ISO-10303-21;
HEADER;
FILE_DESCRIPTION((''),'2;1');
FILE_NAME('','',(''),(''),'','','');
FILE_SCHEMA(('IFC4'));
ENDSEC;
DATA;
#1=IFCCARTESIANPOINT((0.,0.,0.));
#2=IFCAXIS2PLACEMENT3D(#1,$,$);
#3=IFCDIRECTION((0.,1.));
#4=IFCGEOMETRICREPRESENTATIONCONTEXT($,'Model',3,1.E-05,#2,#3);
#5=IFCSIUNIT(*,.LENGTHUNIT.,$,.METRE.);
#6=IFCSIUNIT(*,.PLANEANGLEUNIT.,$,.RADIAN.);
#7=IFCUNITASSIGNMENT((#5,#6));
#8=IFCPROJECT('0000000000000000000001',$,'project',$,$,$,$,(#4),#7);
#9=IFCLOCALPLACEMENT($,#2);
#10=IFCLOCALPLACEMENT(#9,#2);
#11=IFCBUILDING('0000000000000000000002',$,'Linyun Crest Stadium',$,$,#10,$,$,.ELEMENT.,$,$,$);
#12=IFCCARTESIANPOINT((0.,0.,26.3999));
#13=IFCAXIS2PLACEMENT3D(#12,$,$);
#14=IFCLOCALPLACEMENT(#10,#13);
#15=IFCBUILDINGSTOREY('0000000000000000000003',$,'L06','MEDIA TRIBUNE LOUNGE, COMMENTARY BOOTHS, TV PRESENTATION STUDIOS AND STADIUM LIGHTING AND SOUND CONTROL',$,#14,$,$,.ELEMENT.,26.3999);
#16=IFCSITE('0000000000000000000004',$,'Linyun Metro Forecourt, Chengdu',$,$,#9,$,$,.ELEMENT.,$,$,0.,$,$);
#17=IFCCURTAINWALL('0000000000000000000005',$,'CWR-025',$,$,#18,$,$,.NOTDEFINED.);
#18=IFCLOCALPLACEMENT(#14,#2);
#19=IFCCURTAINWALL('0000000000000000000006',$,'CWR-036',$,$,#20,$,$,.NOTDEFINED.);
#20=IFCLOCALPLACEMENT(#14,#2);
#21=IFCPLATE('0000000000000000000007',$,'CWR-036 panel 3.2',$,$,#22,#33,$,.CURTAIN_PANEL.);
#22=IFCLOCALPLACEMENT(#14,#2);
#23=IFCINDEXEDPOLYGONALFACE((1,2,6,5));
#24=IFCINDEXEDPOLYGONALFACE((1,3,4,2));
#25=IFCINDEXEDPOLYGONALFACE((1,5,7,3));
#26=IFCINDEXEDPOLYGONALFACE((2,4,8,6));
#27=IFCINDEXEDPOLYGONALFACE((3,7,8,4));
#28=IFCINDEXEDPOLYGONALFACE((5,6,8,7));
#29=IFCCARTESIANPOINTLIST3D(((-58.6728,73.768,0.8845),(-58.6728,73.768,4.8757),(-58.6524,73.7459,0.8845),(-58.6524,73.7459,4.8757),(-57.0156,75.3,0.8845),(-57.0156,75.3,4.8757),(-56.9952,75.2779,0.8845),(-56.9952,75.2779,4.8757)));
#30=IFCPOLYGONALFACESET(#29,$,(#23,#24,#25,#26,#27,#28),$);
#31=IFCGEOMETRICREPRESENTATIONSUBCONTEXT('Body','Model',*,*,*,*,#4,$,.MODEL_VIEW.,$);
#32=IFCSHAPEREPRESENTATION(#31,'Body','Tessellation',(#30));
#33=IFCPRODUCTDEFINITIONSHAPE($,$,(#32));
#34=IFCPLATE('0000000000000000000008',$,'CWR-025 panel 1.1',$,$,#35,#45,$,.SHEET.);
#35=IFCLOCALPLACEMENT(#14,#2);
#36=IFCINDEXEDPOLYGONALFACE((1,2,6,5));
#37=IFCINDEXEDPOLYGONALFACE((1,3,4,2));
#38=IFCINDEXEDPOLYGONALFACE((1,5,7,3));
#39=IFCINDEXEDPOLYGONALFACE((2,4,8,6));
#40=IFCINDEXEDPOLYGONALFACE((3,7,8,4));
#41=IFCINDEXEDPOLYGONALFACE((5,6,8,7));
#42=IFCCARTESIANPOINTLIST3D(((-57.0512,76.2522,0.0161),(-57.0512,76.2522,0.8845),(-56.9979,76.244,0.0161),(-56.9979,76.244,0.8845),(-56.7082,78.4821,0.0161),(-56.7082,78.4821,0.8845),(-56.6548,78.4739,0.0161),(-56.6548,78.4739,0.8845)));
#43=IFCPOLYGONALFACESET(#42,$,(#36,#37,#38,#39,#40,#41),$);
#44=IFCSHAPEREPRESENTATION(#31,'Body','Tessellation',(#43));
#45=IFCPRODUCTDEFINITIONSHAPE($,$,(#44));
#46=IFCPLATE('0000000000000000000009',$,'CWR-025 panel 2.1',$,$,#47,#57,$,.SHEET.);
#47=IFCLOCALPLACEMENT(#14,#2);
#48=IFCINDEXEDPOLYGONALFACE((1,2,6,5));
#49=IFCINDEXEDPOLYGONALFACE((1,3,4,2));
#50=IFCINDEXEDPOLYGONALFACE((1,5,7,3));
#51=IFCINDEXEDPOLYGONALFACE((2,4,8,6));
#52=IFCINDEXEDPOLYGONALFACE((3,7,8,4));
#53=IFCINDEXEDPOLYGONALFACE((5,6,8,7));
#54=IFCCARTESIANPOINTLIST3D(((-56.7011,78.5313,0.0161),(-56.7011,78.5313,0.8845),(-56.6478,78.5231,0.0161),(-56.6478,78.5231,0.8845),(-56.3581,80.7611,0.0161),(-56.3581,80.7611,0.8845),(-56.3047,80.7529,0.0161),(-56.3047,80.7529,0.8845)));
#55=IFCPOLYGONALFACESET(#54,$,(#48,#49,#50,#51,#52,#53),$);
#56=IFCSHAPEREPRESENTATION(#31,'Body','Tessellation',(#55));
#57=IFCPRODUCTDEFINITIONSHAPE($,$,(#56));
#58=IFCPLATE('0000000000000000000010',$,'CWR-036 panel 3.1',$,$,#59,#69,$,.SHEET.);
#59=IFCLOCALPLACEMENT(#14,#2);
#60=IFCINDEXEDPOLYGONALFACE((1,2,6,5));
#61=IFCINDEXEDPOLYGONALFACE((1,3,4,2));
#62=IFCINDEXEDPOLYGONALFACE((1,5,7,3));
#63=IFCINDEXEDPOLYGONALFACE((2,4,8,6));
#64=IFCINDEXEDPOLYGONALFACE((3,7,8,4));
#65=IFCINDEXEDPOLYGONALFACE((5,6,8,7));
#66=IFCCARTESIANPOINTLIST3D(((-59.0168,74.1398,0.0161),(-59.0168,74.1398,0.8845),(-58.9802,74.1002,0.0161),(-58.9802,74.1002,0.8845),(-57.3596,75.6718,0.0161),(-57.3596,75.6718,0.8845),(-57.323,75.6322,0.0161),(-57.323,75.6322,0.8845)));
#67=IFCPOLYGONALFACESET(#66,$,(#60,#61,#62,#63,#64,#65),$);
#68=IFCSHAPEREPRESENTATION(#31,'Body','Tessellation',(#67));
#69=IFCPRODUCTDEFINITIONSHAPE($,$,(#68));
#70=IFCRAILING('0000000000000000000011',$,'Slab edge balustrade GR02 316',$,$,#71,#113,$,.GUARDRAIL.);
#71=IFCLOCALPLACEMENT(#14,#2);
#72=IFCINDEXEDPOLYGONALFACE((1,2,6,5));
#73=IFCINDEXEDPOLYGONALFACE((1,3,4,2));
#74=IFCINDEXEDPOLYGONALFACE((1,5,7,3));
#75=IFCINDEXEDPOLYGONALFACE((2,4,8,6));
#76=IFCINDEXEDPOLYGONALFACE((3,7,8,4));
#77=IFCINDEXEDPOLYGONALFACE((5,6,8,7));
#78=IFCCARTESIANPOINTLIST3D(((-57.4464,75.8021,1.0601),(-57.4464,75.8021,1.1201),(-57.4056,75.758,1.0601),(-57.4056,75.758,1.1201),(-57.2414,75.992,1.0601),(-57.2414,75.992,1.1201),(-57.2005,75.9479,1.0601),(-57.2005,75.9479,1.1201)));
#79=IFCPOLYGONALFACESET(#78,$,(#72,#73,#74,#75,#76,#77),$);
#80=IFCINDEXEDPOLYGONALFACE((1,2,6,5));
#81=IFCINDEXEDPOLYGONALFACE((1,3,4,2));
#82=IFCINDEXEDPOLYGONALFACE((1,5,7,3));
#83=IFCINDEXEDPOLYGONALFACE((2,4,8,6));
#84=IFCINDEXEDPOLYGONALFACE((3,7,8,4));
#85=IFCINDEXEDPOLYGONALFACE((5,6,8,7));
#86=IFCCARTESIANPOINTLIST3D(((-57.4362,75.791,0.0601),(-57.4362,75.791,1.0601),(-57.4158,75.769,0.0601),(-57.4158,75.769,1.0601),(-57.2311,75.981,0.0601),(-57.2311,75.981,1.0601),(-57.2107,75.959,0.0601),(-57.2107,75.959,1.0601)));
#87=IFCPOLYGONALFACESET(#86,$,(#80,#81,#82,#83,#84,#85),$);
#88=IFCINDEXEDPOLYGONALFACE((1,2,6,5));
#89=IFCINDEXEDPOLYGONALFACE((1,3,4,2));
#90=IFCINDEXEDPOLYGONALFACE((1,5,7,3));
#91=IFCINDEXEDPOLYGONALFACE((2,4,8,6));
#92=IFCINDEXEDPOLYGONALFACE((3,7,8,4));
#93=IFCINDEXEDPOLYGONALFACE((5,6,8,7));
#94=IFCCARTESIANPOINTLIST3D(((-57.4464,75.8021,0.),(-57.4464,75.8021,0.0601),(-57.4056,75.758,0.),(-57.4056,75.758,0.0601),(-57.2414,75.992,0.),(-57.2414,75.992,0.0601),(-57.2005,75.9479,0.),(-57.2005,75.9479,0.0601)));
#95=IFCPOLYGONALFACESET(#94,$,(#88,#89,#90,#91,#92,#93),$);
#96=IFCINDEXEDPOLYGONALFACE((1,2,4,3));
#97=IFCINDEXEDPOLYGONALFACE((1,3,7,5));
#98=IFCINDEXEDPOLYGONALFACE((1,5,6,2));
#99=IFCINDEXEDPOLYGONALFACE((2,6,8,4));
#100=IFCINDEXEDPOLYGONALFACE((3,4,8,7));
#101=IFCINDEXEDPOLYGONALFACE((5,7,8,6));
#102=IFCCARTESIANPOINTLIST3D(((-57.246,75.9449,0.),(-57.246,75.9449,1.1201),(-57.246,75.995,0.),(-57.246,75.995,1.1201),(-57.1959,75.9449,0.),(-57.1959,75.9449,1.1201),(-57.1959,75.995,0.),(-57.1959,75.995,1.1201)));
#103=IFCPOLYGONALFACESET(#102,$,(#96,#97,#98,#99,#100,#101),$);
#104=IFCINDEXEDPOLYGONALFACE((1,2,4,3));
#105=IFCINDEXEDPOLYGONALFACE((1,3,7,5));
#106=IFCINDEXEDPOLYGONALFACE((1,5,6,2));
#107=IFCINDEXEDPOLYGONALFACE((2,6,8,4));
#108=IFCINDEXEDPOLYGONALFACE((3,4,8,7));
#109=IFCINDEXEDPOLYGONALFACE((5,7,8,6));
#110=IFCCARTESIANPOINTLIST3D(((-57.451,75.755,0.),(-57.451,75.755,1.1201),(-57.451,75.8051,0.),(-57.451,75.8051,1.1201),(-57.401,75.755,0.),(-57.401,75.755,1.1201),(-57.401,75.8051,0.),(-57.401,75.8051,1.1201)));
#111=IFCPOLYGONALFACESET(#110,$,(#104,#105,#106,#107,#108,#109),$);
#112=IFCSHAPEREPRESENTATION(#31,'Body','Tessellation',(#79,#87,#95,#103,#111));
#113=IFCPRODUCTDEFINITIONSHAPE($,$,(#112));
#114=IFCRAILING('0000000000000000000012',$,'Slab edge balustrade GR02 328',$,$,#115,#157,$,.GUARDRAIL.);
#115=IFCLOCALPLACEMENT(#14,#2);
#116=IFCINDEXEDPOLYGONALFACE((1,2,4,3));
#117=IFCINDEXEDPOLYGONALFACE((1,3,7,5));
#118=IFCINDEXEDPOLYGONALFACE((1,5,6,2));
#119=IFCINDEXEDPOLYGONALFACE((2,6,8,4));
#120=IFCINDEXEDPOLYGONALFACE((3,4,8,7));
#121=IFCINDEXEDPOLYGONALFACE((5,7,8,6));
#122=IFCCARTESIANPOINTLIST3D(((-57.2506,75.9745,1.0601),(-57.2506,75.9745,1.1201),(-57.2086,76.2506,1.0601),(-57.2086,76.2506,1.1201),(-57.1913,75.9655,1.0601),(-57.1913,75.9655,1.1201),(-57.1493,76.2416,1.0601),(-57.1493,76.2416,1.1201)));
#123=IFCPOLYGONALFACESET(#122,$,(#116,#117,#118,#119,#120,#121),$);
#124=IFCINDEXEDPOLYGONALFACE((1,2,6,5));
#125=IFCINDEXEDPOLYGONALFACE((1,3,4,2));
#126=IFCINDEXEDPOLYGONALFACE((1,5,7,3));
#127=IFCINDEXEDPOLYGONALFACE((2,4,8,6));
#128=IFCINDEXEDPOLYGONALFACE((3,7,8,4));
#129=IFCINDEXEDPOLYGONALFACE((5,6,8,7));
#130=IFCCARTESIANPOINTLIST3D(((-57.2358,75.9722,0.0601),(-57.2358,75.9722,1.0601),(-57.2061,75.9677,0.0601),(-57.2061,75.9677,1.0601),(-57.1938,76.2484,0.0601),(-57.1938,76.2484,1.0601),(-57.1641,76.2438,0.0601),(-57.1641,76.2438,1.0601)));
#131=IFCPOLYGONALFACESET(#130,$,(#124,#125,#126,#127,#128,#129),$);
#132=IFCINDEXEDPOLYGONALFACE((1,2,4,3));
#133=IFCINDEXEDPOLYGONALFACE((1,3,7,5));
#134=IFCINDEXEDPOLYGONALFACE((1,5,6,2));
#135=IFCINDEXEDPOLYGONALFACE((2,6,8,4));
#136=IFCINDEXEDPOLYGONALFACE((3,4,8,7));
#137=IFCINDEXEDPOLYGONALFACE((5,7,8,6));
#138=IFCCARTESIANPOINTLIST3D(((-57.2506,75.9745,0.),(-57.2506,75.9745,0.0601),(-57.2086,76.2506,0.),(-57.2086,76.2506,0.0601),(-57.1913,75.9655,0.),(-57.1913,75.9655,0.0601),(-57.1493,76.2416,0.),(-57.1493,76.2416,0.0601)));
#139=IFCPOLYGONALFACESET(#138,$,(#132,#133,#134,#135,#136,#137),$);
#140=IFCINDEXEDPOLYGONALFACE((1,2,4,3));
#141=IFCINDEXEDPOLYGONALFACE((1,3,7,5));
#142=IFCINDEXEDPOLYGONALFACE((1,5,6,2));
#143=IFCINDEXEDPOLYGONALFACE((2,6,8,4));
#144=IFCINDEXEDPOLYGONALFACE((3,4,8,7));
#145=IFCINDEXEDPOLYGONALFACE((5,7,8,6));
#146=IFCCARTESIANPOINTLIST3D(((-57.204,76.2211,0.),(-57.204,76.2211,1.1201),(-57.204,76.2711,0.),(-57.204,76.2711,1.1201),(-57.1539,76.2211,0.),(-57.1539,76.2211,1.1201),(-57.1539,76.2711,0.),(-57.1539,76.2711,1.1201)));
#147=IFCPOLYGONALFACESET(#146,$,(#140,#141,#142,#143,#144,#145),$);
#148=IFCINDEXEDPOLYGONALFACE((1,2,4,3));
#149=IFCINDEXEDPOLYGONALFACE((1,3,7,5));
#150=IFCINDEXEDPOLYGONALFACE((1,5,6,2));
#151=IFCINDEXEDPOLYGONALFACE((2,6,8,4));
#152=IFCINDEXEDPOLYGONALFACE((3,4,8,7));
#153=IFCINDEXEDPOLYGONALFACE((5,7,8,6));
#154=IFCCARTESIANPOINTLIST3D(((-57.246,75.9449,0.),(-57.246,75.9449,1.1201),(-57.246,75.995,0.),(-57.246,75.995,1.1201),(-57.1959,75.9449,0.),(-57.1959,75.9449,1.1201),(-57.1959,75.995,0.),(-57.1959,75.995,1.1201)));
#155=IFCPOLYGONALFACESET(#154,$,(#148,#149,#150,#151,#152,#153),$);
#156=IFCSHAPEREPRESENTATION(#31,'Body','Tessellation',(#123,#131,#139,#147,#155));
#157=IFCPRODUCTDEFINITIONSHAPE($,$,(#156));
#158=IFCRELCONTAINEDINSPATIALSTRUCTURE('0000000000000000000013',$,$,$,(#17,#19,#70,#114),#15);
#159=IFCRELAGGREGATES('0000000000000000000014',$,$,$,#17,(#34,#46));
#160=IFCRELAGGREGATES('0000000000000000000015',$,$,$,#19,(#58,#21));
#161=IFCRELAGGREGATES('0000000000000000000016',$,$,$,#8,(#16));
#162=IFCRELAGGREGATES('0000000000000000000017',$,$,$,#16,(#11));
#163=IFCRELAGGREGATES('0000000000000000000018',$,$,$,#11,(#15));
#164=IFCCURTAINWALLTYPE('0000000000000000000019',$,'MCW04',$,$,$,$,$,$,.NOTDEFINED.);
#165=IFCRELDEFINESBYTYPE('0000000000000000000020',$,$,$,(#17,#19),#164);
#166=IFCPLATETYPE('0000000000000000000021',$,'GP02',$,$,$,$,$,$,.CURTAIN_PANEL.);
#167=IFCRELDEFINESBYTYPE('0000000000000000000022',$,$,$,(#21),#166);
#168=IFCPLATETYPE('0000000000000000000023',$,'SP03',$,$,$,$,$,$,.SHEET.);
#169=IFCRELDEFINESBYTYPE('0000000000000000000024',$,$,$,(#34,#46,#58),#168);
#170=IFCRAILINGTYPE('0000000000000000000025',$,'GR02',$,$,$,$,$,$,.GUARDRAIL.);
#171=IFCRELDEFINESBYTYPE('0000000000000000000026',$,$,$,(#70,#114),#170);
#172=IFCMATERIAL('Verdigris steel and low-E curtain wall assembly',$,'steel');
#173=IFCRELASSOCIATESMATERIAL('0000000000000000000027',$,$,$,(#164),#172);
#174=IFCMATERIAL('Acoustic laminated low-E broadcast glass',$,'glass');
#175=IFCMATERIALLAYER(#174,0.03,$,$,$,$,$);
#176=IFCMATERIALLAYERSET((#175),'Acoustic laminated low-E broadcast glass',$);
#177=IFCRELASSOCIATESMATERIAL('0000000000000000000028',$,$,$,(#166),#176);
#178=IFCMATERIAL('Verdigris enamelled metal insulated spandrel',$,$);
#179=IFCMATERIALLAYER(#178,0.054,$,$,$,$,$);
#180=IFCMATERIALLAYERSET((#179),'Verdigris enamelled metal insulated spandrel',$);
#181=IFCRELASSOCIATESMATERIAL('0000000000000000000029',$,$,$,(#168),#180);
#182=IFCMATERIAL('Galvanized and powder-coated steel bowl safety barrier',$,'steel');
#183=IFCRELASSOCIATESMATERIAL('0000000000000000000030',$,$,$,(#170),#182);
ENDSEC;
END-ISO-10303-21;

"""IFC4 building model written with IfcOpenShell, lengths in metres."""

from ifc_helpers import new_model, si_unit, direction, frame, origin, origin_2d, place, context, subcontext, project, spatial, rectangle, extrude, material, layer, layer_set, type_object, element, aggregate, save


model = new_model("IFC4")

# Units and contexts
model_context = context("Model", 3, precision=1e-05, world=origin(), true_north=direction((0.0, 1.0)))
body_context = subcontext(model_context, "Body", "Model", "MODEL_VIEW")
ifc_project = project(units=[si_unit("LENGTHUNIT", "METRE"), si_unit("PLANEANGLEUNIT", "RADIAN")], contexts=[model_context])

# Site, building, storey
site_placement = place(None, origin())
site = spatial("IfcSite", under=ifc_project, at=site_placement, Name="Linyun Metro Forecourt, Chengdu", CompositionType="ELEMENT", RefElevation=0.0)
building_placement = place(site_placement, origin())
building = spatial("IfcBuilding", under=site, at=building_placement, Name="Linyun Crest Stadium", CompositionType="ELEMENT")
storey_placement = place(building_placement, frame((0.0, 0.0, 26.3999)))
storey = spatial("IfcBuildingStorey", under=building, at=storey_placement, Name="L06", Description="MEDIA TRIBUNE LOUNGE, COMMENTARY BOOTHS, TV PRESENTATION STUDIOS AND STADIUM LIGHTING AND SOUND CONTROL", CompositionType="ELEMENT", Elevation=26.3999)

# Curtain walls
ifc_material_1 = material(Name="Verdigris steel and low-E curtain wall assembly", Category="steel")
curtain_wall_type = type_object("IfcCurtainWallType", Name="MCW04", PredefinedType="NOTDEFINED", material=ifc_material_1)
curtain_wall_1_placement = place(storey_placement, origin())
curtain_wall_1 = element("IfcCurtainWall", 1, at=curtain_wall_1_placement, inside=storey, type_object=curtain_wall_type, Name="CWR-025", PredefinedType="NOTDEFINED")
curtain_wall_2_placement = place(storey_placement, origin())
curtain_wall_2 = element("IfcCurtainWall", 2, at=curtain_wall_2_placement, inside=storey, type_object=curtain_wall_type, Name="CWR-036", PredefinedType="NOTDEFINED")

# Plates
ifc_material_2 = material(Name="Acoustic laminated low-E broadcast glass", Category="glass")
ifc_layer_1 = layer(ifc_material_2, 0.03)
ifc_layer_set_1 = layer_set([ifc_layer_1], Name="Acoustic laminated low-E broadcast glass")
plate_type_1 = type_object("IfcPlateType", Name="GP02", PredefinedType="CURTAIN_PANEL", material=ifc_layer_set_1)
plate_1_placement = place(storey_placement, frame((-57.834, 74.5229, 0.8845), z_axis=(0.0, 0.0, 1.0), x_axis=(0.734299, 0.678826, 0.0)))
plate_1 = element("IfcPlate", 3, at=plate_1_placement, type_object=plate_type_1, Name="CWR-036 panel 3.2", PredefinedType="CURTAIN_PANEL", context=body_context, shape_type="SweptSolid", body=[
    extrude(rectangle(XDim=2.2568, YDim=0.03, at=origin_2d()), origin(), (0.0, 0.0, 1.0), 3.9912),
])
ifc_material_3 = material(Name="Verdigris enamelled metal insulated spandrel")
ifc_layer_2 = layer(ifc_material_3, 0.054)
ifc_layer_set_2 = layer_set([ifc_layer_2], Name="Verdigris enamelled metal insulated spandrel")
plate_type_2 = type_object("IfcPlateType", Name="SP03", PredefinedType="SHEET", material=ifc_layer_set_2)
plate_2_placement = place(storey_placement, frame((-56.853, 77.363, 0.0161), z_axis=(0.0, 0.0, 1.0), x_axis=(0.152054, 0.988372, 0.0)))
plate_2 = element("IfcPlate", 4, at=plate_2_placement, type_object=plate_type_2, Name="CWR-025 panel 1.1", PredefinedType="SHEET", context=body_context, shape_type="SweptSolid", body=[
    extrude(rectangle(XDim=2.2561, YDim=0.054, at=origin_2d()), origin(), (0.0, 0.0, 1.0), 0.8684),
])
plate_3_placement = place(storey_placement, frame((-56.5029, 79.6421, 0.0161), z_axis=(0.0, 0.0, 1.0), x_axis=(0.152054, 0.988372, 0.0)))
plate_3 = element("IfcPlate", 5, at=plate_3_placement, type_object=plate_type_2, Name="CWR-025 panel 2.1", PredefinedType="SHEET", context=body_context, shape_type="SweptSolid", body=[
    extrude(rectangle(XDim=2.2561, YDim=0.054, at=origin_2d()), origin(), (0.0, 0.0, 1.0), 0.8684),
])
aggregate(curtain_wall_1, [plate_2, plate_3])
plate_4_placement = place(storey_placement, frame((-58.1699, 74.886, 0.0161), z_axis=(0.0, 0.0, 1.0), x_axis=(0.734299, 0.678826, 0.0)))
plate_4 = element("IfcPlate", 6, at=plate_4_placement, type_object=plate_type_2, Name="CWR-036 panel 3.1", PredefinedType="SHEET", context=body_context, shape_type="SweptSolid", body=[
    extrude(rectangle(XDim=2.2568, YDim=0.054, at=origin_2d()), origin(), (0.0, 0.0, 1.0), 0.8684),
])
aggregate(curtain_wall_2, [plate_4, plate_1])

# Railings
ifc_material_4 = material(Name="Galvanized and powder-coated steel bowl safety barrier", Category="steel")
railing_type = type_object("IfcRailingType", Name="GR02", PredefinedType="GUARDRAIL", material=ifc_material_4)
railing_1_placement = place(storey_placement, frame((-57.2209, 75.97, 0.0)))
element("IfcRailing", 7, at=railing_1_placement, inside=storey, type_object=railing_type, Name="Slab edge balustrade GR02 316", PredefinedType="GUARDRAIL", context=body_context, shape_type="SweptSolid", body=[
    extrude(rectangle(XDim=0.0601, YDim=0.0601, at=origin_2d()), frame((0.0, 0.0, 1.0901), z_axis=(-0.733664, -0.679513, 0.0), x_axis=(0.679513, -0.733664, 0.0)), (0.0, 0.0, 1.0), 0.2795),
    extrude(rectangle(XDim=0.03, YDim=1.0, at=origin_2d()), frame((0.0, 0.0, 0.5601), z_axis=(-0.733664, -0.679513, 0.0), x_axis=(0.679513, -0.733664, 0.0)), (0.0, 0.0, 1.0), 0.2795),
    extrude(rectangle(XDim=0.0601, YDim=0.0601, at=origin_2d()), frame((0.0, 0.0, 0.03), z_axis=(-0.733664, -0.679513, 0.0), x_axis=(0.679513, -0.733664, 0.0)), (0.0, 0.0, 1.0), 0.2795),
    extrude(rectangle(XDim=0.05, YDim=0.05, at=origin_2d()), origin(), (0.0, 0.0, 1.0), 1.1201),
    extrude(rectangle(XDim=0.05, YDim=0.05, at=origin_2d()), frame((-0.2051, -0.1899, 0.0)), (0.0, 0.0, 1.0), 1.1201),
])
railing_2_placement = place(storey_placement, frame((-57.179, 76.2461, 0.0)))
element("IfcRailing", 8, at=railing_2_placement, inside=storey, type_object=railing_type, Name="Slab edge balustrade GR02 328", PredefinedType="GUARDRAIL", context=body_context, shape_type="SweptSolid", body=[
    extrude(rectangle(XDim=0.0601, YDim=0.0601, at=origin_2d()), frame((0.0, 0.0, 1.0901), z_axis=(-0.150349, -0.988633, 0.0), x_axis=(0.988633, -0.150349, 0.0)), (0.0, 0.0, 1.0), 0.2793),
    extrude(rectangle(XDim=0.03, YDim=1.0, at=origin_2d()), frame((0.0, 0.0, 0.5601), z_axis=(-0.150349, -0.988633, 0.0), x_axis=(0.988633, -0.150349, 0.0)), (0.0, 0.0, 1.0), 0.2793),
    extrude(rectangle(XDim=0.0601, YDim=0.0601, at=origin_2d()), frame((0.0, 0.0, 0.03), z_axis=(-0.150349, -0.988633, 0.0), x_axis=(0.988633, -0.150349, 0.0)), (0.0, 0.0, 1.0), 0.2793),
    extrude(rectangle(XDim=0.05, YDim=0.05, at=origin_2d()), origin(), (0.0, 0.0, 1.0), 1.1201),
    extrude(rectangle(XDim=0.05, YDim=0.05, at=origin_2d()), frame((-0.042, -0.2761, 0.0)), (0.0, 0.0, 1.0), 1.1201),
])

save(model, "model.ifc")
